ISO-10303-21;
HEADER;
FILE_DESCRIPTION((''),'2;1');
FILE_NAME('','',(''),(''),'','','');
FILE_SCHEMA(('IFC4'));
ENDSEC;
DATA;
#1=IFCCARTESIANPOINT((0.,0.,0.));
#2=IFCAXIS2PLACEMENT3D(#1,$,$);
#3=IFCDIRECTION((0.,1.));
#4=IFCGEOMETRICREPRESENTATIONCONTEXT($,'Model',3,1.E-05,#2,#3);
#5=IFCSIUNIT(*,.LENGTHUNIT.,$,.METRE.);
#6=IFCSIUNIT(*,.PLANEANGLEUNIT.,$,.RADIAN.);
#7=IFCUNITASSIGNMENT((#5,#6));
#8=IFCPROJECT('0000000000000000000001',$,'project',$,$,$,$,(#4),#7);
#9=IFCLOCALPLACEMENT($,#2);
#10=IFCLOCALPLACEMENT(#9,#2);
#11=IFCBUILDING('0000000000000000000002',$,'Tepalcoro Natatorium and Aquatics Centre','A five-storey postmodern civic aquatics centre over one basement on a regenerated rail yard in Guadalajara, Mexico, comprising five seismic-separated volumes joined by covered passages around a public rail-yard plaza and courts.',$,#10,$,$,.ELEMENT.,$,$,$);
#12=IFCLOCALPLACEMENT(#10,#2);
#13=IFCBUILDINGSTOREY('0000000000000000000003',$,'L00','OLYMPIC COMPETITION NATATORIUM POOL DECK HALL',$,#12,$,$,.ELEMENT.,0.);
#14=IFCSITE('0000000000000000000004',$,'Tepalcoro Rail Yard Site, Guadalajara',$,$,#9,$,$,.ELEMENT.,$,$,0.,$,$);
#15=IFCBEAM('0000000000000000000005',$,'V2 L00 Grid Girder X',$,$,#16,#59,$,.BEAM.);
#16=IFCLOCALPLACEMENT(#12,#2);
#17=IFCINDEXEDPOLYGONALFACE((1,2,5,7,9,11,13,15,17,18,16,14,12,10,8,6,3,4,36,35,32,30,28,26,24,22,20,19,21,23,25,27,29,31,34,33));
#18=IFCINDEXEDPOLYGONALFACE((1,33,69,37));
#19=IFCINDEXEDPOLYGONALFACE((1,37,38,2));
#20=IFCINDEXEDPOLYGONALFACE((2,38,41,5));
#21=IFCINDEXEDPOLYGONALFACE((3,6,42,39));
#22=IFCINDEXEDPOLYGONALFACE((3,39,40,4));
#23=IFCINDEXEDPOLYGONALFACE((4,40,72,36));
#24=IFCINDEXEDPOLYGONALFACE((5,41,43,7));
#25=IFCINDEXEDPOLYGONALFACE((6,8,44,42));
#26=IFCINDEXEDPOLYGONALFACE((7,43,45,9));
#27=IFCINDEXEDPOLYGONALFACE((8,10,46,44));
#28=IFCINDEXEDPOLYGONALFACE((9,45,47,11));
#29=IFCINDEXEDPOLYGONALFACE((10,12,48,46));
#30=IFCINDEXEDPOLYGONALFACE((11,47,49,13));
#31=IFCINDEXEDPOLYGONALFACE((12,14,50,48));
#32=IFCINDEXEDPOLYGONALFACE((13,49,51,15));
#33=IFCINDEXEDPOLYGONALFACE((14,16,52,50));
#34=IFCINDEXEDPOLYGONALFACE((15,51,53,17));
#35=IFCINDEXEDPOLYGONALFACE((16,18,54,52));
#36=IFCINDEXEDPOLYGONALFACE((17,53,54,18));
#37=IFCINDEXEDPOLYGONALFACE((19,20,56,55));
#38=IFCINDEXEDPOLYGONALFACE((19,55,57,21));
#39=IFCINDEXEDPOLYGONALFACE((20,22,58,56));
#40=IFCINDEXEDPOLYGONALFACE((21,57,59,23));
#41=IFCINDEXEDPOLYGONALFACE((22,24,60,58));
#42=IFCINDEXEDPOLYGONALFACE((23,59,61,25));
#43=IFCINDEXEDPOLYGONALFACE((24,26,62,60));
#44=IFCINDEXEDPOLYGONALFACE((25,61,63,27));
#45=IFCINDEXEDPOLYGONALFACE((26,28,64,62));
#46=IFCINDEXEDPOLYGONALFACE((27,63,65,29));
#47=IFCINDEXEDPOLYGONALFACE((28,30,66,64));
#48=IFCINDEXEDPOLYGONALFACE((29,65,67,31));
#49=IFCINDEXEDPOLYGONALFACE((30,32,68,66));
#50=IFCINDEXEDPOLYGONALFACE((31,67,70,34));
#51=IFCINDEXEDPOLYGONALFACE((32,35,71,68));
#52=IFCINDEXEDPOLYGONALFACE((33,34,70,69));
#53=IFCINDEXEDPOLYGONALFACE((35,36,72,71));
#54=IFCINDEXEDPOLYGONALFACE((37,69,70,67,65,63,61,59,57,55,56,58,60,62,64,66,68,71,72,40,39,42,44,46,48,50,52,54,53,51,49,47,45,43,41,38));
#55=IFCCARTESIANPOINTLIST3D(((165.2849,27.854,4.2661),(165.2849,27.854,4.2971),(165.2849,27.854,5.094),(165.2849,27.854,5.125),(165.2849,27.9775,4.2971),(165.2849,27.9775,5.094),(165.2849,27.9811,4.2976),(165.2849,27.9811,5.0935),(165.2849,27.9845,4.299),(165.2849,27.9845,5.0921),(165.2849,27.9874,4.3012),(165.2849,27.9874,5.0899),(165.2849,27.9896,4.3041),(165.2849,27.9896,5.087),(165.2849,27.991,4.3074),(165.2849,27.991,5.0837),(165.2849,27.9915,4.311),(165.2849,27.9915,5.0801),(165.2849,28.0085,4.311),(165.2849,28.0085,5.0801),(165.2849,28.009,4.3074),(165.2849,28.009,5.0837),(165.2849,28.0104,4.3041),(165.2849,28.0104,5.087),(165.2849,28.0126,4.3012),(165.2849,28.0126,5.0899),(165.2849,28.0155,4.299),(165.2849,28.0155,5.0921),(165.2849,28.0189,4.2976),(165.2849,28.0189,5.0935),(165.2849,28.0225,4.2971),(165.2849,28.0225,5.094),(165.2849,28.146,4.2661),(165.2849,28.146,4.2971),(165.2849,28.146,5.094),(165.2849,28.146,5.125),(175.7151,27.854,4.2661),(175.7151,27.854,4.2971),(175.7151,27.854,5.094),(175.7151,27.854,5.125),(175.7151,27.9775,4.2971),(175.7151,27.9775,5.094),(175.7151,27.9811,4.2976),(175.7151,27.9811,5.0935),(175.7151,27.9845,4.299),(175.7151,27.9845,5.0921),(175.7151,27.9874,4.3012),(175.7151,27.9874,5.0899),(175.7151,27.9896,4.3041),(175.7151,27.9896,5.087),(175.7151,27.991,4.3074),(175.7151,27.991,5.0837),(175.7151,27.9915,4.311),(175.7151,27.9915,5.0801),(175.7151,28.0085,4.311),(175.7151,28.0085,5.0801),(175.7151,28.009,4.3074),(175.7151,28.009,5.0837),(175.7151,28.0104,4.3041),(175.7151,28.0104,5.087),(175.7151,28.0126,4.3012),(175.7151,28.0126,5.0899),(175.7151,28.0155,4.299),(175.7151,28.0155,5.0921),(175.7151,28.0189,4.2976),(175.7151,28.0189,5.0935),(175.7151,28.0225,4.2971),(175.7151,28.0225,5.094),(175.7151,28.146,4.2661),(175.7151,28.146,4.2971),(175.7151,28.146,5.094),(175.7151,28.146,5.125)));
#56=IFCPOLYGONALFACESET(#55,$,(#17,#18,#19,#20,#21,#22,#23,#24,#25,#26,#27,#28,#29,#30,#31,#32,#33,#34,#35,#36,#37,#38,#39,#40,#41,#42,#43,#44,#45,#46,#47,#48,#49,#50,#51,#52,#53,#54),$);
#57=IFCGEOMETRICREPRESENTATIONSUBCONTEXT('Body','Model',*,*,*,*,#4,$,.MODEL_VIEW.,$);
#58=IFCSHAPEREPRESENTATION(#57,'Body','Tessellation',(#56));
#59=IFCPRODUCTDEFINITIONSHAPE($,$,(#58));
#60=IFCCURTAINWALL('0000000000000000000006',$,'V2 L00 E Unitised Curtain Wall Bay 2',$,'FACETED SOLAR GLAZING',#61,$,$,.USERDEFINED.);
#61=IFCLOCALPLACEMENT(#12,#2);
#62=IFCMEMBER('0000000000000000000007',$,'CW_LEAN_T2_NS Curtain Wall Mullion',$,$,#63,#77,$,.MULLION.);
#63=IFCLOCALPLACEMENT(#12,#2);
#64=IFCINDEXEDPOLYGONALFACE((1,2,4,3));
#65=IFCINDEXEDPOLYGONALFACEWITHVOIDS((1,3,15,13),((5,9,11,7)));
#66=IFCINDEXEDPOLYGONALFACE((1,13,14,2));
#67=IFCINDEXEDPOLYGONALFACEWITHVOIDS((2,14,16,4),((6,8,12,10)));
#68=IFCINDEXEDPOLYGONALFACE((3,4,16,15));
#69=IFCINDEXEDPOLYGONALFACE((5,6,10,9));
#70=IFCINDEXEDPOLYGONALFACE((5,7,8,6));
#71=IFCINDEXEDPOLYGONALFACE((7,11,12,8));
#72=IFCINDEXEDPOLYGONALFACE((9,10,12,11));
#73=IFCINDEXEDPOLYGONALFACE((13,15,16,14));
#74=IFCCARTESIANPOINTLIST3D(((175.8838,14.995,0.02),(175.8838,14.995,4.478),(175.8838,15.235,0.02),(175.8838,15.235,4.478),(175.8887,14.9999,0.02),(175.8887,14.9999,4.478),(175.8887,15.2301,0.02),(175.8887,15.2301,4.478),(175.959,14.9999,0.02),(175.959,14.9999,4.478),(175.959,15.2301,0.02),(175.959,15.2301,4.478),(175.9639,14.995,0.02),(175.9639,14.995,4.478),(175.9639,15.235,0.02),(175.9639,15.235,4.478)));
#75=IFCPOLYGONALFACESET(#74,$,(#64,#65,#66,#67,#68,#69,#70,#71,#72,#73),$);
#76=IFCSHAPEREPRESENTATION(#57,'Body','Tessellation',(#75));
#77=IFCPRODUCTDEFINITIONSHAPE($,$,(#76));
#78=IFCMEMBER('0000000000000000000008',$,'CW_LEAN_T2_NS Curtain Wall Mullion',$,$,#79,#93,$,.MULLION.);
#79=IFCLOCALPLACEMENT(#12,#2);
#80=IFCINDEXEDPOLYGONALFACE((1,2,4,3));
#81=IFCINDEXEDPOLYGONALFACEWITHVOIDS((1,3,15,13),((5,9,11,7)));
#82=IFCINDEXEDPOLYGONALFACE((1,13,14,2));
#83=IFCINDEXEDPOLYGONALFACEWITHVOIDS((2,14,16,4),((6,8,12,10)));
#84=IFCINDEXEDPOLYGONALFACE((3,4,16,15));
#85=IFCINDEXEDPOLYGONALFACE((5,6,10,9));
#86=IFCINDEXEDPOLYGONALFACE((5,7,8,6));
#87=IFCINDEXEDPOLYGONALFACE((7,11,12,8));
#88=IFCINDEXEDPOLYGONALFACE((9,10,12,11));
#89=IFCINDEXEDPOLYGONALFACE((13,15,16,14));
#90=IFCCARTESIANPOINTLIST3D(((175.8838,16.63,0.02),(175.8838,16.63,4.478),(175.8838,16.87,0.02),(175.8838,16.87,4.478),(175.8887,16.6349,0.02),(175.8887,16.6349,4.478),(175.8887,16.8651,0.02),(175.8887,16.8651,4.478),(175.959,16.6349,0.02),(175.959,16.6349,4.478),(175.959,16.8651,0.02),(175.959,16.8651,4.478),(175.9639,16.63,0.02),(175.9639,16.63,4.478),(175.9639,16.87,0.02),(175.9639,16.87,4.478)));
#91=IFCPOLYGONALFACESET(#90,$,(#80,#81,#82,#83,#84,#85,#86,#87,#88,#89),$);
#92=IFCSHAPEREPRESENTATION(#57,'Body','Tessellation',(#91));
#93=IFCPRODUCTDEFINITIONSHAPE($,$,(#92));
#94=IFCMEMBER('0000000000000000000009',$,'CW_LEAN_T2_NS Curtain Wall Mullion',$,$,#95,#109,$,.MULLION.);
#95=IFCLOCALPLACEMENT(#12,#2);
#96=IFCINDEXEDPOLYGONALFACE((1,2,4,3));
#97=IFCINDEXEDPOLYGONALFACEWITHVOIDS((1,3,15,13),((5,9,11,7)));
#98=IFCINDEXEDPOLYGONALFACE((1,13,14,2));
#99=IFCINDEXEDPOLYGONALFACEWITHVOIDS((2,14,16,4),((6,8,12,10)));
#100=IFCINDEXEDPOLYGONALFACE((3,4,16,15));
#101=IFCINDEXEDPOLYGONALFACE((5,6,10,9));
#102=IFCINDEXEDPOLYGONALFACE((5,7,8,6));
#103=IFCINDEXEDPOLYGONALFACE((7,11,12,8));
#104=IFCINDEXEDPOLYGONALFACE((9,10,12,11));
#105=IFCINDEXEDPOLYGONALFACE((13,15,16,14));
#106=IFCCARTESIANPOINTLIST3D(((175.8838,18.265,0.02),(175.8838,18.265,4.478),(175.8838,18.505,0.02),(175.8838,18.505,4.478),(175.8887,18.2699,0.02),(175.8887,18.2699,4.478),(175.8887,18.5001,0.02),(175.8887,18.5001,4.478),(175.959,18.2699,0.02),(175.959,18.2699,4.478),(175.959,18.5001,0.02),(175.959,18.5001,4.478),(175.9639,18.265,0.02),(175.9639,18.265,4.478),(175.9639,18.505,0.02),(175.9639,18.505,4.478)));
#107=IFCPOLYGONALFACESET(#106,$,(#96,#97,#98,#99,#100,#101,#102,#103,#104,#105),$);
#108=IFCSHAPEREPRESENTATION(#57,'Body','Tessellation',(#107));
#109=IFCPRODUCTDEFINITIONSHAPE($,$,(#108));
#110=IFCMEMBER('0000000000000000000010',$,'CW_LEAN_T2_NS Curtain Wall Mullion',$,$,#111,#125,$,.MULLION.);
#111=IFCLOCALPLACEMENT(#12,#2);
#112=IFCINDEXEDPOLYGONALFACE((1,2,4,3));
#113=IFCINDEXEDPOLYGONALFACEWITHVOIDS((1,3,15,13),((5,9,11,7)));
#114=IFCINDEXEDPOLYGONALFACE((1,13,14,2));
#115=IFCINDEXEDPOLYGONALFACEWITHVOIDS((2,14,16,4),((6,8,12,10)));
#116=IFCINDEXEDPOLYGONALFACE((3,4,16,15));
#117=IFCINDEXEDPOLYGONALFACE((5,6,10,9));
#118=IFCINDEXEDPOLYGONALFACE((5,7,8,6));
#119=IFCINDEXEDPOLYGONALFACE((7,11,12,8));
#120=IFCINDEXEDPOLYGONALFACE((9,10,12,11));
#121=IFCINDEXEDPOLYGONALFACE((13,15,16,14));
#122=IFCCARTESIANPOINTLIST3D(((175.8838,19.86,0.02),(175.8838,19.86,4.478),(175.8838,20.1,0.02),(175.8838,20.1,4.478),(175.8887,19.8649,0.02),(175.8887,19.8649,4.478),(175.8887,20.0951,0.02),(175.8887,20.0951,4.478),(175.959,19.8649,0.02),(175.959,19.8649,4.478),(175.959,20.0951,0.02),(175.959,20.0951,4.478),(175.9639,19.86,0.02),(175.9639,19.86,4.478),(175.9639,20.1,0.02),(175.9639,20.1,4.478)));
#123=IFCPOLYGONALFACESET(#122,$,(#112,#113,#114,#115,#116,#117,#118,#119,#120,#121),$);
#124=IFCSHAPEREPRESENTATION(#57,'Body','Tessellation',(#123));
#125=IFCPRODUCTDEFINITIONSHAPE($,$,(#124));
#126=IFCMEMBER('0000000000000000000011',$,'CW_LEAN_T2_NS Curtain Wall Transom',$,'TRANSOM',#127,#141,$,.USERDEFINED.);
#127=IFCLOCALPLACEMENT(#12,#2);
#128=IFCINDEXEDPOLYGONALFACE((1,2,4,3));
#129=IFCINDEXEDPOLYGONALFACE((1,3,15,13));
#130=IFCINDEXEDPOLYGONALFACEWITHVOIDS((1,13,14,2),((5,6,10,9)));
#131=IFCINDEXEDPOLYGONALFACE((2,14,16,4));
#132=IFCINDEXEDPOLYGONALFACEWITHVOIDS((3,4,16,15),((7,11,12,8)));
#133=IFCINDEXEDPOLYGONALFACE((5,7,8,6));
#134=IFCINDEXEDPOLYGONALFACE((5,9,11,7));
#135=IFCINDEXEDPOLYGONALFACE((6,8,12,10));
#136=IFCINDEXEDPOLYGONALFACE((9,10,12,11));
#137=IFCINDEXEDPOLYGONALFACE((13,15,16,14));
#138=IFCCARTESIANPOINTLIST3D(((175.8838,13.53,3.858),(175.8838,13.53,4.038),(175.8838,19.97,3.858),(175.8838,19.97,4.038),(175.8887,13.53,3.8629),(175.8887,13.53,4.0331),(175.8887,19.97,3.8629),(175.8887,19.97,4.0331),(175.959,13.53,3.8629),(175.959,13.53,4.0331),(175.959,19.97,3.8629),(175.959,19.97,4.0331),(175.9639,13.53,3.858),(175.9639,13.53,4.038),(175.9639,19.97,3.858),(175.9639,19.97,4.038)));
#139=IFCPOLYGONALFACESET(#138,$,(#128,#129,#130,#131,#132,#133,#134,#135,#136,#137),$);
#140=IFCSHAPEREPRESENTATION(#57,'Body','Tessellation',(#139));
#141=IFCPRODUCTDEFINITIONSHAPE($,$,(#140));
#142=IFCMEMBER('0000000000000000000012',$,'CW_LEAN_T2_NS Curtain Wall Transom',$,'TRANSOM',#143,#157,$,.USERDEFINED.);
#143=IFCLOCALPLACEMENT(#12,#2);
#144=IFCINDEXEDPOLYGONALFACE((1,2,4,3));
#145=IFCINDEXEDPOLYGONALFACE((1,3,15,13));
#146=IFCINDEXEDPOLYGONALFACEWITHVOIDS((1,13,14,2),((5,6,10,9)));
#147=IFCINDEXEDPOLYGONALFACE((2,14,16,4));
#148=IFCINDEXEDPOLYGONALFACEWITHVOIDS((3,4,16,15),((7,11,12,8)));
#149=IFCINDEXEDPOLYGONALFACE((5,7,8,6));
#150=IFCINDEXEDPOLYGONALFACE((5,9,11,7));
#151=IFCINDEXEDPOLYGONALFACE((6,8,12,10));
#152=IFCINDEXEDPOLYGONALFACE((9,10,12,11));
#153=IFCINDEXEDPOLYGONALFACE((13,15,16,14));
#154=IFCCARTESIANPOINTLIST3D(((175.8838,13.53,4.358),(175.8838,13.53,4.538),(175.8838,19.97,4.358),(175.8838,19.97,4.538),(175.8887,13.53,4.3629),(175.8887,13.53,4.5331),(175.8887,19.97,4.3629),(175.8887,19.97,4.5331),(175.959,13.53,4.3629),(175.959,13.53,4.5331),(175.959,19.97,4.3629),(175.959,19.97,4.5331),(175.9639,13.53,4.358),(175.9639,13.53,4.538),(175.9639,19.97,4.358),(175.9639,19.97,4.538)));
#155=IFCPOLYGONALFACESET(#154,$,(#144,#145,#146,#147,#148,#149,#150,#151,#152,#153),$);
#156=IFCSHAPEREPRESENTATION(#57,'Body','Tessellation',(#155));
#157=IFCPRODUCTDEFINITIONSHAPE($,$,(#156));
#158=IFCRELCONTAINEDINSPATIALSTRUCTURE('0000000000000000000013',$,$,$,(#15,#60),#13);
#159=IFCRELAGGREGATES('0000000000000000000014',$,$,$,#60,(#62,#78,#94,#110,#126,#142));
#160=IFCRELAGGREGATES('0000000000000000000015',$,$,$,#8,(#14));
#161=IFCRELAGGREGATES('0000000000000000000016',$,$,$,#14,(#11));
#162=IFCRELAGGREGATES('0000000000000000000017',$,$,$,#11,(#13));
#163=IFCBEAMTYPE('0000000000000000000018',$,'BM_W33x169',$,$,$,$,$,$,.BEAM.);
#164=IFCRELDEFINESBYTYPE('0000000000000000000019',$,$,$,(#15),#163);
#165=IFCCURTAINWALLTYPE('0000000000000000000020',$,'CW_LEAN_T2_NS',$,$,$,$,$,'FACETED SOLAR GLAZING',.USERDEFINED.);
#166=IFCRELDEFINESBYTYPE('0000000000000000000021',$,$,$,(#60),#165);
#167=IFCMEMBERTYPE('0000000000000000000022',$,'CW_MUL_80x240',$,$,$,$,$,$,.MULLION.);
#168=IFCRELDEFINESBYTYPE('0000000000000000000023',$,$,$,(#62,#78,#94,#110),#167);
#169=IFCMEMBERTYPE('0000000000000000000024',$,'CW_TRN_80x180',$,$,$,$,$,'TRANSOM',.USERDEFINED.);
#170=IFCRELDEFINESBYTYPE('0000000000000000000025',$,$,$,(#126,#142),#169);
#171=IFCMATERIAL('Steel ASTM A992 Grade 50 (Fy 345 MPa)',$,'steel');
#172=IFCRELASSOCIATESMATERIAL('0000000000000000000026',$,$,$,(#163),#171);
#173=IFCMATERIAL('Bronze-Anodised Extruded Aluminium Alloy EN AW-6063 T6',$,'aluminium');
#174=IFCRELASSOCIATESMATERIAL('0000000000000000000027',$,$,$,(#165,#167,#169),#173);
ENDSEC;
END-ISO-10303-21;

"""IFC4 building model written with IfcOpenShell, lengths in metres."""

from ifc_helpers import new_model, si_unit, direction, frame, origin, origin_2d, place, context, subcontext, project, spatial, hollow_rectangle, i_section, extrude, material, material_profile, profile_set, type_object, element, aggregate, save


model = new_model("IFC4")

# Units and contexts
model_context = context("Model", 3, precision=1e-05, world=origin(), true_north=direction((0.0, 1.0)))
body_context = subcontext(model_context, "Body", "Model", "MODEL_VIEW")
ifc_project = project(units=[si_unit("LENGTHUNIT", "METRE"), si_unit("PLANEANGLEUNIT", "RADIAN")], contexts=[model_context])

# Site, building, storey
site_placement = place(None, origin())
site = spatial("IfcSite", under=ifc_project, at=site_placement, Name="Tepalcoro Rail Yard Site, Guadalajara", CompositionType="ELEMENT", RefElevation=0.0)
building_placement = place(site_placement, origin())
building = spatial("IfcBuilding", under=site, at=building_placement, Name="Tepalcoro Natatorium and Aquatics Centre", Description="A five-storey postmodern civic aquatics centre over one basement on a regenerated rail yard in Guadalajara, Mexico, comprising five seismic-separated volumes joined by covered passages around a public rail-yard plaza and courts.", CompositionType="ELEMENT")
storey_placement = place(building_placement, origin())
storey = spatial("IfcBuildingStorey", under=building, at=storey_placement, Name="L00", Description="OLYMPIC COMPETITION NATATORIUM POOL DECK HALL", CompositionType="ELEMENT", Elevation=0.0)

# Beam
ifc_material_1 = material(Name="Steel ASTM A992 Grade 50 (Fy 345 MPa)", Category="steel")
ifc_material_profile_1 = material_profile(ifc_material_1, i_section(OverallWidth=0.292, OverallDepth=0.8589, WebThickness=0.0171, FlangeThickness=0.031, FilletRadius=0.0139, at=origin_2d()), Name="W33X169")
ifc_profile_set_1 = profile_set([ifc_material_profile_1], Name="Steel ASTM A992 Grade 50 (Fy 345 MPa)")
beam_type_1 = type_object("IfcBeamType", Name="BM_W33x169", PredefinedType="BEAM", material=ifc_profile_set_1)
beam_1_placement = place(storey_placement, frame((165.2849, 28.0, 4.6956), z_axis=(1.0, 0.0, 0.0), x_axis=(0.0, 1.0, 0.0)))
element("IfcBeam", 1, at=beam_1_placement, inside=storey, type_object=beam_type_1, Name="V2 L00 Grid Girder X", PredefinedType="BEAM", context=body_context, shape_type="SweptSolid", body=[
    extrude(i_section(OverallWidth=0.292, OverallDepth=0.8589, WebThickness=0.0171, FlangeThickness=0.031, FilletRadius=0.0139, at=origin_2d()), origin(), (0.0, 0.0, 1.0), 10.4302),
])

# Curtain wall, members
ifc_material_2 = material(Name="Bronze-Anodised Extruded Aluminium Alloy EN AW-6063 T6", Category="aluminium")
curtain_wall_type = type_object("IfcCurtainWallType", Name="CW_LEAN_T2_NS", ElementType="FACETED SOLAR GLAZING", PredefinedType="USERDEFINED", material=ifc_material_2)
curtain_wall_placement = place(storey_placement, origin())
curtain_wall = element("IfcCurtainWall", 2, at=curtain_wall_placement, inside=storey, type_object=curtain_wall_type, Name="V2 L00 E Unitised Curtain Wall Bay 2", ObjectType="FACETED SOLAR GLAZING", PredefinedType="USERDEFINED")
ifc_material_profile_2 = material_profile(ifc_material_2, hollow_rectangle(XDim=0.0801, YDim=0.24, WallThickness=0.0049, at=origin_2d()), Name="AL80X240X5")
ifc_profile_set_2 = profile_set([ifc_material_profile_2], Name="Bronze-Anodised Extruded Aluminium Alloy EN AW-6063 T6")
member_type_1 = type_object("IfcMemberType", Name="CW_MUL_80x240", PredefinedType="MULLION", material=ifc_profile_set_2)
member_1_placement = place(storey_placement, frame((175.9238, 15.115, 0.02), z_axis=(0.0, 0.0, 1.0), x_axis=(1.0, 0.0, 0.0)))
member_1 = element("IfcMember", 3, at=member_1_placement, type_object=member_type_1, Name="CW_LEAN_T2_NS Curtain Wall Mullion", PredefinedType="MULLION", context=body_context, shape_type="SweptSolid", body=[
    extrude(hollow_rectangle(XDim=0.0801, YDim=0.24, WallThickness=0.0049, at=origin_2d()), origin(), (0.0, 0.0, 1.0), 4.458),
])
member_2_placement = place(storey_placement, frame((175.9238, 16.75, 0.02), z_axis=(0.0, 0.0, 1.0), x_axis=(1.0, 0.0, 0.0)))
member_2 = element("IfcMember", 4, at=member_2_placement, type_object=member_type_1, Name="CW_LEAN_T2_NS Curtain Wall Mullion", PredefinedType="MULLION", context=body_context, shape_type="SweptSolid", body=[
    extrude(hollow_rectangle(XDim=0.0801, YDim=0.24, WallThickness=0.0049, at=origin_2d()), origin(), (0.0, 0.0, 1.0), 4.458),
])
member_3_placement = place(storey_placement, frame((175.9238, 18.385, 0.02), z_axis=(0.0, 0.0, 1.0), x_axis=(1.0, 0.0, 0.0)))
member_3 = element("IfcMember", 5, at=member_3_placement, type_object=member_type_1, Name="CW_LEAN_T2_NS Curtain Wall Mullion", PredefinedType="MULLION", context=body_context, shape_type="SweptSolid", body=[
    extrude(hollow_rectangle(XDim=0.0801, YDim=0.24, WallThickness=0.0049, at=origin_2d()), origin(), (0.0, 0.0, 1.0), 4.458),
])
member_4_placement = place(storey_placement, frame((175.9238, 19.98, 0.02), z_axis=(0.0, 0.0, 1.0), x_axis=(1.0, 0.0, 0.0)))
member_4 = element("IfcMember", 6, at=member_4_placement, type_object=member_type_1, Name="CW_LEAN_T2_NS Curtain Wall Mullion", PredefinedType="MULLION", context=body_context, shape_type="SweptSolid", body=[
    extrude(hollow_rectangle(XDim=0.0801, YDim=0.24, WallThickness=0.0049, at=origin_2d()), origin(), (0.0, 0.0, 1.0), 4.458),
])
ifc_material_profile_3 = material_profile(ifc_material_2, hollow_rectangle(XDim=0.0801, YDim=0.1799, WallThickness=0.0049, at=origin_2d()), Name="AL80X180X5")
ifc_profile_set_3 = profile_set([ifc_material_profile_3], Name="Bronze-Anodised Extruded Aluminium Alloy EN AW-6063 T6")
member_type_2 = type_object("IfcMemberType", Name="CW_TRN_80x180", ElementType="TRANSOM", PredefinedType="USERDEFINED", material=ifc_profile_set_3)
member_5_placement = place(storey_placement, frame((175.9238, 13.53, 3.948), z_axis=(0.0, 1.0, 0.0), x_axis=(-1.0, 0.0, 0.0)))
member_5 = element("IfcMember", 7, at=member_5_placement, type_object=member_type_2, Name="CW_LEAN_T2_NS Curtain Wall Transom", ObjectType="TRANSOM", PredefinedType="USERDEFINED", context=body_context, shape_type="SweptSolid", body=[
    extrude(hollow_rectangle(XDim=0.0801, YDim=0.1799, WallThickness=0.0049, at=origin_2d()), origin(), (0.0, 0.0, 1.0), 6.4399),
])
member_6_placement = place(storey_placement, frame((175.9238, 13.53, 4.448), z_axis=(0.0, 1.0, 0.0), x_axis=(-1.0, 0.0, 0.0)))
member_6 = element("IfcMember", 8, at=member_6_placement, type_object=member_type_2, Name="CW_LEAN_T2_NS Curtain Wall Transom", ObjectType="TRANSOM", PredefinedType="USERDEFINED", context=body_context, shape_type="SweptSolid", body=[
    extrude(hollow_rectangle(XDim=0.0801, YDim=0.1799, WallThickness=0.0049, at=origin_2d()), origin(), (0.0, 0.0, 1.0), 6.4399),
])

aggregate(curtain_wall, [member_1, member_2, member_3, member_4, member_5, member_6])

save(model, "model.ifc")
